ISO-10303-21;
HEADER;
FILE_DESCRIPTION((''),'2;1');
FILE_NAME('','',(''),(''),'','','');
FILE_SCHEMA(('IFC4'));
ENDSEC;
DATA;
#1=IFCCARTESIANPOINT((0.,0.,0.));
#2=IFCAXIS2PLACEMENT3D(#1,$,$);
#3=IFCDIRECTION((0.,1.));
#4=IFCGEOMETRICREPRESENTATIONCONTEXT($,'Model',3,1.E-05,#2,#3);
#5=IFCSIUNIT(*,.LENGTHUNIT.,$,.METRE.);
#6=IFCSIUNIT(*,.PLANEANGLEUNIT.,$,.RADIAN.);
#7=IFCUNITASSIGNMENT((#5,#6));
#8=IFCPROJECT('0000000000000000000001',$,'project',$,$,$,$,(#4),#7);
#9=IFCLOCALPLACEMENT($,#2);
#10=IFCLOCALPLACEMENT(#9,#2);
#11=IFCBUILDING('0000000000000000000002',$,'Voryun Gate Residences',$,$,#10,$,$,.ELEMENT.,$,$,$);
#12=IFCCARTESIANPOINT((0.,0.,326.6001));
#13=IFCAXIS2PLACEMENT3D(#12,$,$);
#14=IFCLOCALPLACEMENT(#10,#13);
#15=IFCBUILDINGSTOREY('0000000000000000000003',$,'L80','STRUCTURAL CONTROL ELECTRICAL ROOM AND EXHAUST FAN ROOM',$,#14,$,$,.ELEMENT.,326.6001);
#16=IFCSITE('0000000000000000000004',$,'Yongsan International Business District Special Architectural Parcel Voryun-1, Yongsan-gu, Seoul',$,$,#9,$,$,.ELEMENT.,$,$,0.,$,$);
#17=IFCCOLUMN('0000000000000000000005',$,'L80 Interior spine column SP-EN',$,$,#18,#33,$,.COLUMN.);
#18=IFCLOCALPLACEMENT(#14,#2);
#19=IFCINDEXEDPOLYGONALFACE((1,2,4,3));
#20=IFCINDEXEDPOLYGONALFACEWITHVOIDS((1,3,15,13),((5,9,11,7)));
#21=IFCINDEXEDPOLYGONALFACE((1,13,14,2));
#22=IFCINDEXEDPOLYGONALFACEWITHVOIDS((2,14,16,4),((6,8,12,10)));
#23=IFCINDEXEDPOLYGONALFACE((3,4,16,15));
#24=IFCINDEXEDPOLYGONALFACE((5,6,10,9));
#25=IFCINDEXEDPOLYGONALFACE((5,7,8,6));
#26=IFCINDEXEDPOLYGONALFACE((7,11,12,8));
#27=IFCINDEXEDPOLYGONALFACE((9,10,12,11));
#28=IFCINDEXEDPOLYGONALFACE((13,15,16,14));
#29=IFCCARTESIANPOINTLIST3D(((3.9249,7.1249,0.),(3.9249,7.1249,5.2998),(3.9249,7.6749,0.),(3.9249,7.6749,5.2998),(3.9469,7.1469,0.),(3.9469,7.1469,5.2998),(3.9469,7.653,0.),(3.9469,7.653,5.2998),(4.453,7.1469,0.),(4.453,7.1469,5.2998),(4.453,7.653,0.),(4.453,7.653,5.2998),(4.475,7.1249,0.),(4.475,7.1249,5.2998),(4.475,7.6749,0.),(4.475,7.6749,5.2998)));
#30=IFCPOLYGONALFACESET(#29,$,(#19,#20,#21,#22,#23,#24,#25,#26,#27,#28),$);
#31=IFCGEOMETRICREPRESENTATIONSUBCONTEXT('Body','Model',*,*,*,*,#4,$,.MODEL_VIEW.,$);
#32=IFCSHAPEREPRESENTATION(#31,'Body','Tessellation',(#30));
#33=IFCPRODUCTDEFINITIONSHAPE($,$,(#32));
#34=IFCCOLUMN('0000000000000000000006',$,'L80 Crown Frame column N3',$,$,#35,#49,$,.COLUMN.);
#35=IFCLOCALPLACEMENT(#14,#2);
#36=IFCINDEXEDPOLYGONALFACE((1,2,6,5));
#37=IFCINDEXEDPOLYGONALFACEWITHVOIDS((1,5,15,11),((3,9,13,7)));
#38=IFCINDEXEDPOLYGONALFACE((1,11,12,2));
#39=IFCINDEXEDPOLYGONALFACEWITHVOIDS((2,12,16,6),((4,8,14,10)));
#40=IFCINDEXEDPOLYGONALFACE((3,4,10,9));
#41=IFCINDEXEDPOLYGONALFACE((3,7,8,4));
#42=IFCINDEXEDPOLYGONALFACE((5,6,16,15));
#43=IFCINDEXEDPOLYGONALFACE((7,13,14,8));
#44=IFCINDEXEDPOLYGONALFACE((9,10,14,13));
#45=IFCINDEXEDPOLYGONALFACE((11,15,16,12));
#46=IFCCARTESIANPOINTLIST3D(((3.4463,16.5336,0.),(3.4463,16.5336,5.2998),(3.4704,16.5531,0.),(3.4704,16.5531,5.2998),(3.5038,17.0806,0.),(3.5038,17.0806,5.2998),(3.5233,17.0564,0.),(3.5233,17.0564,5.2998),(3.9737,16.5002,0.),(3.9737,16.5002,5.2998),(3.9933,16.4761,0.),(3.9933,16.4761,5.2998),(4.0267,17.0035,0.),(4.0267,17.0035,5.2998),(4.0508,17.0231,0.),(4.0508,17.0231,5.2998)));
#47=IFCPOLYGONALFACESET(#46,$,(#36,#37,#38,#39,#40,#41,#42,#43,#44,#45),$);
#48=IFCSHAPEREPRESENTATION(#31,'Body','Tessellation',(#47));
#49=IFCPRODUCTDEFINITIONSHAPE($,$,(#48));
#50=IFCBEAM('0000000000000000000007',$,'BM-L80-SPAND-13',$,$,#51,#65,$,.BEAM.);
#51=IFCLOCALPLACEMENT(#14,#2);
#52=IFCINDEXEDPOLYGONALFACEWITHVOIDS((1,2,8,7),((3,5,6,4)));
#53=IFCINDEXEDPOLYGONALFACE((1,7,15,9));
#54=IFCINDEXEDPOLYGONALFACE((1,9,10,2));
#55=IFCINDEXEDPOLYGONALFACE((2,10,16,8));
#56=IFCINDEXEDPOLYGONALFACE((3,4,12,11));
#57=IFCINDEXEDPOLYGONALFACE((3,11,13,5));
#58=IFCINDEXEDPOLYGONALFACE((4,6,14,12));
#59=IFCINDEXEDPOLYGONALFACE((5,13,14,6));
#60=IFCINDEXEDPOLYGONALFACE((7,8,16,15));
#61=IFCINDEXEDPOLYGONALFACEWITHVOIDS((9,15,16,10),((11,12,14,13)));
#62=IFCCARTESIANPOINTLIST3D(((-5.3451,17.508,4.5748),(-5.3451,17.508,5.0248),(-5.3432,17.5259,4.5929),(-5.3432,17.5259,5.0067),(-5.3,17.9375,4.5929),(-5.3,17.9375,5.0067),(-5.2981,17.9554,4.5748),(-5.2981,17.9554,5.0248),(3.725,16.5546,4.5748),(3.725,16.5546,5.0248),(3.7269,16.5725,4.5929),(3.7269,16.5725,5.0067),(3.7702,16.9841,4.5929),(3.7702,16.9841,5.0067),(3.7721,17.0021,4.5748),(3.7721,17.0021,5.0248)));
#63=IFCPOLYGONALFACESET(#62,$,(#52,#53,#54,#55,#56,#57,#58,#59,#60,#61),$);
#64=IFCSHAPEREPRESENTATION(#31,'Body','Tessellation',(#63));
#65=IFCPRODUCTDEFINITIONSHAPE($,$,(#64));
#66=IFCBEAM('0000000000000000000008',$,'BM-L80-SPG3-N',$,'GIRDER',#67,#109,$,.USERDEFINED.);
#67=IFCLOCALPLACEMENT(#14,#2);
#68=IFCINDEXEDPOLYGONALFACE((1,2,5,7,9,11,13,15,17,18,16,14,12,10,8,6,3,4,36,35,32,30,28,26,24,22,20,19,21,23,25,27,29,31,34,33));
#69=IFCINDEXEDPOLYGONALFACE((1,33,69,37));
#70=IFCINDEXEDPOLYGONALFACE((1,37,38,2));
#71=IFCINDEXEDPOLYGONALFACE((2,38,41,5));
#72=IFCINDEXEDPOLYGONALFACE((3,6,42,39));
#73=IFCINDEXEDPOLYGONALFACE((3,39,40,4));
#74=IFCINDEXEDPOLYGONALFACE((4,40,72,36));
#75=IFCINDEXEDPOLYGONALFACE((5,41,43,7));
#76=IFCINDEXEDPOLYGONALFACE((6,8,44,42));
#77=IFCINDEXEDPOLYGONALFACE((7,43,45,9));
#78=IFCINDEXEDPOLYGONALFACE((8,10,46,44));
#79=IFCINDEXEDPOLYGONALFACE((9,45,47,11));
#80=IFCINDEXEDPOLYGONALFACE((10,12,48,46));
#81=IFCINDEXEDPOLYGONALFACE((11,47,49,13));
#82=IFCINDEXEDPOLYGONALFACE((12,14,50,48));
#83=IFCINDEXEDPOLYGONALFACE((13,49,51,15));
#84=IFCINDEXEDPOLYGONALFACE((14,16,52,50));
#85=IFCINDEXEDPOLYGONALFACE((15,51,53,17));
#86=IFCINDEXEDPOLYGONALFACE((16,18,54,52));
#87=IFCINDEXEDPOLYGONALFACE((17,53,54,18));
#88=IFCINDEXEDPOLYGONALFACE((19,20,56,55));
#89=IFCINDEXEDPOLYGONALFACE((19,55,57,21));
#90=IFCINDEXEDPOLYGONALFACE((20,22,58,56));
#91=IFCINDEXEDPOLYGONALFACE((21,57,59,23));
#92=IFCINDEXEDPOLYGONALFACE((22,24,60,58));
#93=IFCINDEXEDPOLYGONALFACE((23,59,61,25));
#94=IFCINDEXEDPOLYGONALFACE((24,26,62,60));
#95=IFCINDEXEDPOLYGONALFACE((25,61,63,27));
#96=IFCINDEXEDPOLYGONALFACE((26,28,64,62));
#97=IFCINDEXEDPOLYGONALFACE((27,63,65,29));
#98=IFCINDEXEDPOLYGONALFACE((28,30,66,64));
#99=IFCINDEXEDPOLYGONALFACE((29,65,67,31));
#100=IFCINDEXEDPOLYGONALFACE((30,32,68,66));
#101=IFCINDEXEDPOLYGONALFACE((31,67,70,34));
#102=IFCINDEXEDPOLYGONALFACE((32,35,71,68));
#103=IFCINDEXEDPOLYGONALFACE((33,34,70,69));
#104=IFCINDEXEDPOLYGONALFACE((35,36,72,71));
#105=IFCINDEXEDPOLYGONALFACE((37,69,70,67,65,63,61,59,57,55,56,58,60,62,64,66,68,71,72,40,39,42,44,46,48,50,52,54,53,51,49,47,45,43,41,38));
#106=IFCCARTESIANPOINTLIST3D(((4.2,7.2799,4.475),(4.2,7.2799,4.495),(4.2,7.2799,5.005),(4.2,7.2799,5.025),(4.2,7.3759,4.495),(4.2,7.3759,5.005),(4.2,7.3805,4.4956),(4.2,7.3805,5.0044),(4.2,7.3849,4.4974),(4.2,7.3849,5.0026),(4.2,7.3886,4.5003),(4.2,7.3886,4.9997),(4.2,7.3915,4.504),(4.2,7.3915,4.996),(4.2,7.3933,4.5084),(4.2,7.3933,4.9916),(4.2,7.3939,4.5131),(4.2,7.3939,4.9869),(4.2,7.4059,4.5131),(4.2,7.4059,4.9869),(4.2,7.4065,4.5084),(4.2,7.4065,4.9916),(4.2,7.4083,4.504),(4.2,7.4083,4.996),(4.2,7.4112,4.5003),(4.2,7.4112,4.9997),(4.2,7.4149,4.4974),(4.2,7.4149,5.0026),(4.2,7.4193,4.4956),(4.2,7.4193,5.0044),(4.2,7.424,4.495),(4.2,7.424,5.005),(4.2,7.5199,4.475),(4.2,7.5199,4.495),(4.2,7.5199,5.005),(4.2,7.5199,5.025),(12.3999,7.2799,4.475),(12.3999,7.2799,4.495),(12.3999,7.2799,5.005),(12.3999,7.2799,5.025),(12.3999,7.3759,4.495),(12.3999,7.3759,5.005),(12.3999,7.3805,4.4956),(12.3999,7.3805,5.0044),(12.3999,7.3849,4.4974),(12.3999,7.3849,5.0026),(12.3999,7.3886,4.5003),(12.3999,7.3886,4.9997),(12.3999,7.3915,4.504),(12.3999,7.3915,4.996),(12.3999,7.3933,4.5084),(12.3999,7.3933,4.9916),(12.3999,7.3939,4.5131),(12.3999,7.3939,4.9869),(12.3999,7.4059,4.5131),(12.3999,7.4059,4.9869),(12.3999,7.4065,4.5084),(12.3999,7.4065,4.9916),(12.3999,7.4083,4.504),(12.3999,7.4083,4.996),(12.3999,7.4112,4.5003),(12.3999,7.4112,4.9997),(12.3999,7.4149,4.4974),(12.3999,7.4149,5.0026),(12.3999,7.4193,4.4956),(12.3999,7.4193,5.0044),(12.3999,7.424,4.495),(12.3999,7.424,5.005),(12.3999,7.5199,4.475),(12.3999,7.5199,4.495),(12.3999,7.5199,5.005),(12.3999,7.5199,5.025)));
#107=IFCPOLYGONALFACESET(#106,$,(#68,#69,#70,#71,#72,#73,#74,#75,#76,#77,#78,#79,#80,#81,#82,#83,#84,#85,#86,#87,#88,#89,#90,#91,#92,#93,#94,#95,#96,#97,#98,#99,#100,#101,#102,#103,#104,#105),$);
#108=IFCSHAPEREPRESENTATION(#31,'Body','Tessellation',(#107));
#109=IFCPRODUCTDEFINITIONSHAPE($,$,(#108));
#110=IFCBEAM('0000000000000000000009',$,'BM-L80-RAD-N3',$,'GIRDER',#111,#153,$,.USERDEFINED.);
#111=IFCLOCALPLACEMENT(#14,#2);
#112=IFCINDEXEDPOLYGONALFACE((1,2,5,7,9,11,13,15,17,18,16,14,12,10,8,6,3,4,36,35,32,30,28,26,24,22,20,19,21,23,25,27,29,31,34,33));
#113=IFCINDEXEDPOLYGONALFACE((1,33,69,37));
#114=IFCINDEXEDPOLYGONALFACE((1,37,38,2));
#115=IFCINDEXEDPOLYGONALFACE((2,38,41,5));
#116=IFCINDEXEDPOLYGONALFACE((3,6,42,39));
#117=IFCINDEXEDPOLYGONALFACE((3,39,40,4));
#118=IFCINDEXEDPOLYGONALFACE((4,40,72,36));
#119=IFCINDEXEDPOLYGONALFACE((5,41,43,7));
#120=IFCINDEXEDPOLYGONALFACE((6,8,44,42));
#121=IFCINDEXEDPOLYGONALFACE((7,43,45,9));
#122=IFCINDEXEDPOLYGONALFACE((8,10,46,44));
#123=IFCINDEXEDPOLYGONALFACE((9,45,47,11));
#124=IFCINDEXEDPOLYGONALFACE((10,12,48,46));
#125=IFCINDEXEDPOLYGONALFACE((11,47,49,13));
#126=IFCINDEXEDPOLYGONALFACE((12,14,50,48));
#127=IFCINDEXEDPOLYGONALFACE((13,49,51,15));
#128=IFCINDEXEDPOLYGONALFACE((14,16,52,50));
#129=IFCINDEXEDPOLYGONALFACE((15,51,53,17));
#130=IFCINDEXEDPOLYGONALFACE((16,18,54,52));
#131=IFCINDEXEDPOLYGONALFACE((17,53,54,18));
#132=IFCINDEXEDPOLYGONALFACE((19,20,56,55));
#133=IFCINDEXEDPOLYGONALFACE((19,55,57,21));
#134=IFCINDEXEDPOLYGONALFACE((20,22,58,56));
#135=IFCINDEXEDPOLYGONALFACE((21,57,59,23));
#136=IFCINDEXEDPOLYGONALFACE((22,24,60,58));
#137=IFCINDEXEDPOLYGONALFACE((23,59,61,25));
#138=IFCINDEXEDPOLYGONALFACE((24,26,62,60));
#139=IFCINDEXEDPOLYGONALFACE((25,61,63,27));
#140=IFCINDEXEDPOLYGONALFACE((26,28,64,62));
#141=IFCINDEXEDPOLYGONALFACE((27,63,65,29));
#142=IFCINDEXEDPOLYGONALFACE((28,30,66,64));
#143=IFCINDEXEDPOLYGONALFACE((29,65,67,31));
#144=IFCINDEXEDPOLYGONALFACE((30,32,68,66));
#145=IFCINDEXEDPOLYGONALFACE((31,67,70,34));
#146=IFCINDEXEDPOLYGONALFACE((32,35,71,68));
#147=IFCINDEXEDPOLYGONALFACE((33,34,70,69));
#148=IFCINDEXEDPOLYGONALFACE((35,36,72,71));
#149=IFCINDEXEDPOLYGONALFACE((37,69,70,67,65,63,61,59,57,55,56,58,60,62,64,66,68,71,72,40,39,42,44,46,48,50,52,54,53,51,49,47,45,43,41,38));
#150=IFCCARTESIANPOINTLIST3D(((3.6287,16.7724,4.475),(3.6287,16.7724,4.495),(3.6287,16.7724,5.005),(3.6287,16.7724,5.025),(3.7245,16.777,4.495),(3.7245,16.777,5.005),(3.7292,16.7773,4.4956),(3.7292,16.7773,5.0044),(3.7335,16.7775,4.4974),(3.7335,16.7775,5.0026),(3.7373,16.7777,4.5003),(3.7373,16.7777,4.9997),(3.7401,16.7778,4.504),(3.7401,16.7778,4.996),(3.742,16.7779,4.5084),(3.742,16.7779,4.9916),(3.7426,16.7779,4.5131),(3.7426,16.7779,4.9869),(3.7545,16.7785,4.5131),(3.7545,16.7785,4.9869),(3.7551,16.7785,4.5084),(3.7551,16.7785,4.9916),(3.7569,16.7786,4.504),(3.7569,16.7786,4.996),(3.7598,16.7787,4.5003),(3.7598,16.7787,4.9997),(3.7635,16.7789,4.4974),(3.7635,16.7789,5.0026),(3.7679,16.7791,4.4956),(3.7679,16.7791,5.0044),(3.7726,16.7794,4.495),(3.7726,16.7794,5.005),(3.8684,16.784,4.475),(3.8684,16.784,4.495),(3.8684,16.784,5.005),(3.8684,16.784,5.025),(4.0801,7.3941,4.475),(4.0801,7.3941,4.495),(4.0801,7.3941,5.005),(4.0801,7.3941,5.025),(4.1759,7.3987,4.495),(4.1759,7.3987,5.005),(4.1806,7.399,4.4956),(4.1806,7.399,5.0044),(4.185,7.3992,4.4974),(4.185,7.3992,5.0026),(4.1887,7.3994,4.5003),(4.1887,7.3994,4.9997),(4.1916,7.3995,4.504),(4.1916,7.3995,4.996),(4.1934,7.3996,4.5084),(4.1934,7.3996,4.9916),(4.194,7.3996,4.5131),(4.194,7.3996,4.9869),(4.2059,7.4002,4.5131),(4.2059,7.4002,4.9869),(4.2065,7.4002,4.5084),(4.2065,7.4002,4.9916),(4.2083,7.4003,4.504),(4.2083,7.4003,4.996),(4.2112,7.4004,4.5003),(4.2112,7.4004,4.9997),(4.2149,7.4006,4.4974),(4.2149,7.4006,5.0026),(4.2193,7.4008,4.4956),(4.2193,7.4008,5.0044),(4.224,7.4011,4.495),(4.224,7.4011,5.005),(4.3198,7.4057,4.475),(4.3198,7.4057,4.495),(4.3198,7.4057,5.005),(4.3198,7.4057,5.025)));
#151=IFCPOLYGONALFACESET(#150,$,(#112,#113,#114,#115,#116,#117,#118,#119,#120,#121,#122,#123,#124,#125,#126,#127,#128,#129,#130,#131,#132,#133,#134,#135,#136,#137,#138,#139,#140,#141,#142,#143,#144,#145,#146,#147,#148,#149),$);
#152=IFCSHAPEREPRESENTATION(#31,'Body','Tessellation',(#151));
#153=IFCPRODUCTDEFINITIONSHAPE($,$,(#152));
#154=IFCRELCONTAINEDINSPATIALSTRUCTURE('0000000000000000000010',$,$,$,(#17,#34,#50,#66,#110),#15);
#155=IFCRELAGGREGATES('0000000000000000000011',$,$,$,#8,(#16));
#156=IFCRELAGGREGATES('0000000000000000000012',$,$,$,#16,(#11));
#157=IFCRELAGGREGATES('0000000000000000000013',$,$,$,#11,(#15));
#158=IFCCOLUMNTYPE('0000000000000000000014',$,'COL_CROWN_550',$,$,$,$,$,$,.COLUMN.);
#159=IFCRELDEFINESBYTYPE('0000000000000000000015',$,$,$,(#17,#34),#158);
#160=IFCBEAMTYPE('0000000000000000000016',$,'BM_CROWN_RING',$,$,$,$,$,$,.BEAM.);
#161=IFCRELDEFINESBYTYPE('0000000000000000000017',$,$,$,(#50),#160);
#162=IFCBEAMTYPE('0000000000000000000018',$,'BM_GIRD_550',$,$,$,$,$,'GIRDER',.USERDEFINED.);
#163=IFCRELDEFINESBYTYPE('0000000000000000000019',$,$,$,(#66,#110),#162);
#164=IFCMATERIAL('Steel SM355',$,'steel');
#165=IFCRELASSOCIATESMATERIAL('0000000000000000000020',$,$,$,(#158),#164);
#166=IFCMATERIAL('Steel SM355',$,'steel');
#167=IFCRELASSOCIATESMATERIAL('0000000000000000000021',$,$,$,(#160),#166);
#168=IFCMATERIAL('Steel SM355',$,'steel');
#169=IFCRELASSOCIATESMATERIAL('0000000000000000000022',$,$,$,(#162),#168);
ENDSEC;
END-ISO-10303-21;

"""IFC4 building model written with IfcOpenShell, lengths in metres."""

from ifc_helpers import new_model, si_unit, direction, frame, origin, origin_2d, place, context, subcontext, project, spatial, hollow_rectangle, i_section, extrude, material, material_profile, profile_set, type_object, element, save


model = new_model("IFC4")

# Units and contexts
model_context = context("Model", 3, precision=1e-05, world=origin(), true_north=direction((0.0, 1.0)))
body_context = subcontext(model_context, "Body", "Model", "MODEL_VIEW")
ifc_project = project(units=[si_unit("LENGTHUNIT", "METRE"), si_unit("PLANEANGLEUNIT", "RADIAN")], contexts=[model_context])

# Site, building, storey
site_placement = place(None, origin())
site = spatial("IfcSite", under=ifc_project, at=site_placement, Name="Yongsan International Business District Special Architectural Parcel Voryun-1, Yongsan-gu, Seoul", CompositionType="ELEMENT", RefElevation=0.0)
building_placement = place(site_placement, origin())
building = spatial("IfcBuilding", under=site, at=building_placement, Name="Voryun Gate Residences", CompositionType="ELEMENT")
storey_placement = place(building_placement, frame((0.0, 0.0, 326.6001)))
storey = spatial("IfcBuildingStorey", under=building, at=storey_placement, Name="L80", Description="STRUCTURAL CONTROL ELECTRICAL ROOM AND EXHAUST FAN ROOM", CompositionType="ELEMENT", Elevation=326.6001)

# Columns
ifc_material_1 = material(Name="Steel SM355", Category="steel")
ifc_material_profile_1 = material_profile(ifc_material_1, hollow_rectangle(XDim=0.55, YDim=0.55, WallThickness=0.022, at=origin_2d()), Name="BOX-550x550x22")
ifc_profile_set_1 = profile_set([ifc_material_profile_1], Name="Steel SM355")
column_type = type_object("IfcColumnType", Name="COL_CROWN_550", PredefinedType="COLUMN", material=ifc_profile_set_1)
for number, where, z_axis, x_axis, name in (
    (1, (4.2, 7.3999, 0.0), (0.0, 0.0, 1.0), (1.0, 0.0, 0.0), "L80 Interior spine column SP-EN"),
    (2, (3.7485, 16.7783, 0.0), (0.0, 0.0, 1.0), (0.994522, -0.104528, 0.0), "L80 Crown Frame column N3"),
):
    element("IfcColumn", number, at=place(storey_placement, frame(where, z_axis=z_axis, x_axis=x_axis)), inside=storey, type_object=column_type, Name=name, PredefinedType="COLUMN", context=body_context, shape_type="SweptSolid", body=[
        extrude(hollow_rectangle(XDim=0.55, YDim=0.55, WallThickness=0.022, at=origin_2d()), origin(), (0.0, 0.0, 1.0), 5.2998),
    ])

# Beams
ifc_material_2 = material(Name="Steel SM355", Category="steel")
ifc_material_profile_2 = material_profile(ifc_material_2, hollow_rectangle(XDim=0.45, YDim=0.45, WallThickness=0.0181, at=origin_2d()), Name="BOX-450x450x18")
ifc_profile_set_2 = profile_set([ifc_material_profile_2], Name="Steel SM355")
beam_type_1 = type_object("IfcBeamType", Name="BM_CROWN_RING", PredefinedType="BEAM", material=ifc_profile_set_2)
beam_1_placement = place(storey_placement, frame((3.7485, 16.7783, 4.7998), z_axis=(-0.994521, 0.104536, 0.0), x_axis=(-0.104536, -0.994521, 0.0)))
element("IfcBeam", 3, at=beam_1_placement, inside=storey, type_object=beam_type_1, Name="BM-L80-SPAND-13", PredefinedType="BEAM", context=body_context, shape_type="SweptSolid", body=[
    extrude(hollow_rectangle(XDim=0.45, YDim=0.45, WallThickness=0.0181, at=origin_2d()), origin(), (0.0, 0.0, 1.0), 9.1201),
])
ifc_material_3 = material(Name="Steel SM355", Category="steel")
ifc_material_profile_3 = material_profile(ifc_material_3, i_section(OverallWidth=0.24, OverallDepth=0.55, WebThickness=0.012, FlangeThickness=0.02, FilletRadius=0.0181, at=origin_2d()), Name="H-550x240x12x20")
ifc_profile_set_3 = profile_set([ifc_material_profile_3], Name="Steel SM355")
beam_type_2 = type_object("IfcBeamType", Name="BM_GIRD_550", ElementType="GIRDER", PredefinedType="USERDEFINED", material=ifc_profile_set_3)
beam_2_placement = place(storey_placement, frame((4.2, 7.3999, 4.75), z_axis=(1.0, 0.0, 0.0), x_axis=(0.0, 1.0, 0.0)))
element("IfcBeam", 4, at=beam_2_placement, inside=storey, type_object=beam_type_2, Name="BM-L80-SPG3-N", ObjectType="GIRDER", PredefinedType="USERDEFINED", context=body_context, shape_type="SweptSolid", body=[
    extrude(i_section(OverallWidth=0.24, OverallDepth=0.55, WebThickness=0.012, FlangeThickness=0.02, FilletRadius=0.0181, at=origin_2d()), origin(), (0.0, 0.0, 1.0), 8.2),
])
beam_3_placement = place(storey_placement, frame((4.2, 7.3999, 4.75), z_axis=(-0.048078, 0.998844, 0.0), x_axis=(-0.998844, -0.048078, 0.0)))
element("IfcBeam", 5, at=beam_3_placement, inside=storey, type_object=beam_type_2, Name="BM-L80-RAD-N3", ObjectType="GIRDER", PredefinedType="USERDEFINED", context=body_context, shape_type="SweptSolid", body=[
    extrude(i_section(OverallWidth=0.24, OverallDepth=0.55, WebThickness=0.012, FlangeThickness=0.02, FilletRadius=0.0181, at=origin_2d()), origin(), (0.0, 0.0, 1.0), 9.3892),
])

save(model, "model.ifc")
